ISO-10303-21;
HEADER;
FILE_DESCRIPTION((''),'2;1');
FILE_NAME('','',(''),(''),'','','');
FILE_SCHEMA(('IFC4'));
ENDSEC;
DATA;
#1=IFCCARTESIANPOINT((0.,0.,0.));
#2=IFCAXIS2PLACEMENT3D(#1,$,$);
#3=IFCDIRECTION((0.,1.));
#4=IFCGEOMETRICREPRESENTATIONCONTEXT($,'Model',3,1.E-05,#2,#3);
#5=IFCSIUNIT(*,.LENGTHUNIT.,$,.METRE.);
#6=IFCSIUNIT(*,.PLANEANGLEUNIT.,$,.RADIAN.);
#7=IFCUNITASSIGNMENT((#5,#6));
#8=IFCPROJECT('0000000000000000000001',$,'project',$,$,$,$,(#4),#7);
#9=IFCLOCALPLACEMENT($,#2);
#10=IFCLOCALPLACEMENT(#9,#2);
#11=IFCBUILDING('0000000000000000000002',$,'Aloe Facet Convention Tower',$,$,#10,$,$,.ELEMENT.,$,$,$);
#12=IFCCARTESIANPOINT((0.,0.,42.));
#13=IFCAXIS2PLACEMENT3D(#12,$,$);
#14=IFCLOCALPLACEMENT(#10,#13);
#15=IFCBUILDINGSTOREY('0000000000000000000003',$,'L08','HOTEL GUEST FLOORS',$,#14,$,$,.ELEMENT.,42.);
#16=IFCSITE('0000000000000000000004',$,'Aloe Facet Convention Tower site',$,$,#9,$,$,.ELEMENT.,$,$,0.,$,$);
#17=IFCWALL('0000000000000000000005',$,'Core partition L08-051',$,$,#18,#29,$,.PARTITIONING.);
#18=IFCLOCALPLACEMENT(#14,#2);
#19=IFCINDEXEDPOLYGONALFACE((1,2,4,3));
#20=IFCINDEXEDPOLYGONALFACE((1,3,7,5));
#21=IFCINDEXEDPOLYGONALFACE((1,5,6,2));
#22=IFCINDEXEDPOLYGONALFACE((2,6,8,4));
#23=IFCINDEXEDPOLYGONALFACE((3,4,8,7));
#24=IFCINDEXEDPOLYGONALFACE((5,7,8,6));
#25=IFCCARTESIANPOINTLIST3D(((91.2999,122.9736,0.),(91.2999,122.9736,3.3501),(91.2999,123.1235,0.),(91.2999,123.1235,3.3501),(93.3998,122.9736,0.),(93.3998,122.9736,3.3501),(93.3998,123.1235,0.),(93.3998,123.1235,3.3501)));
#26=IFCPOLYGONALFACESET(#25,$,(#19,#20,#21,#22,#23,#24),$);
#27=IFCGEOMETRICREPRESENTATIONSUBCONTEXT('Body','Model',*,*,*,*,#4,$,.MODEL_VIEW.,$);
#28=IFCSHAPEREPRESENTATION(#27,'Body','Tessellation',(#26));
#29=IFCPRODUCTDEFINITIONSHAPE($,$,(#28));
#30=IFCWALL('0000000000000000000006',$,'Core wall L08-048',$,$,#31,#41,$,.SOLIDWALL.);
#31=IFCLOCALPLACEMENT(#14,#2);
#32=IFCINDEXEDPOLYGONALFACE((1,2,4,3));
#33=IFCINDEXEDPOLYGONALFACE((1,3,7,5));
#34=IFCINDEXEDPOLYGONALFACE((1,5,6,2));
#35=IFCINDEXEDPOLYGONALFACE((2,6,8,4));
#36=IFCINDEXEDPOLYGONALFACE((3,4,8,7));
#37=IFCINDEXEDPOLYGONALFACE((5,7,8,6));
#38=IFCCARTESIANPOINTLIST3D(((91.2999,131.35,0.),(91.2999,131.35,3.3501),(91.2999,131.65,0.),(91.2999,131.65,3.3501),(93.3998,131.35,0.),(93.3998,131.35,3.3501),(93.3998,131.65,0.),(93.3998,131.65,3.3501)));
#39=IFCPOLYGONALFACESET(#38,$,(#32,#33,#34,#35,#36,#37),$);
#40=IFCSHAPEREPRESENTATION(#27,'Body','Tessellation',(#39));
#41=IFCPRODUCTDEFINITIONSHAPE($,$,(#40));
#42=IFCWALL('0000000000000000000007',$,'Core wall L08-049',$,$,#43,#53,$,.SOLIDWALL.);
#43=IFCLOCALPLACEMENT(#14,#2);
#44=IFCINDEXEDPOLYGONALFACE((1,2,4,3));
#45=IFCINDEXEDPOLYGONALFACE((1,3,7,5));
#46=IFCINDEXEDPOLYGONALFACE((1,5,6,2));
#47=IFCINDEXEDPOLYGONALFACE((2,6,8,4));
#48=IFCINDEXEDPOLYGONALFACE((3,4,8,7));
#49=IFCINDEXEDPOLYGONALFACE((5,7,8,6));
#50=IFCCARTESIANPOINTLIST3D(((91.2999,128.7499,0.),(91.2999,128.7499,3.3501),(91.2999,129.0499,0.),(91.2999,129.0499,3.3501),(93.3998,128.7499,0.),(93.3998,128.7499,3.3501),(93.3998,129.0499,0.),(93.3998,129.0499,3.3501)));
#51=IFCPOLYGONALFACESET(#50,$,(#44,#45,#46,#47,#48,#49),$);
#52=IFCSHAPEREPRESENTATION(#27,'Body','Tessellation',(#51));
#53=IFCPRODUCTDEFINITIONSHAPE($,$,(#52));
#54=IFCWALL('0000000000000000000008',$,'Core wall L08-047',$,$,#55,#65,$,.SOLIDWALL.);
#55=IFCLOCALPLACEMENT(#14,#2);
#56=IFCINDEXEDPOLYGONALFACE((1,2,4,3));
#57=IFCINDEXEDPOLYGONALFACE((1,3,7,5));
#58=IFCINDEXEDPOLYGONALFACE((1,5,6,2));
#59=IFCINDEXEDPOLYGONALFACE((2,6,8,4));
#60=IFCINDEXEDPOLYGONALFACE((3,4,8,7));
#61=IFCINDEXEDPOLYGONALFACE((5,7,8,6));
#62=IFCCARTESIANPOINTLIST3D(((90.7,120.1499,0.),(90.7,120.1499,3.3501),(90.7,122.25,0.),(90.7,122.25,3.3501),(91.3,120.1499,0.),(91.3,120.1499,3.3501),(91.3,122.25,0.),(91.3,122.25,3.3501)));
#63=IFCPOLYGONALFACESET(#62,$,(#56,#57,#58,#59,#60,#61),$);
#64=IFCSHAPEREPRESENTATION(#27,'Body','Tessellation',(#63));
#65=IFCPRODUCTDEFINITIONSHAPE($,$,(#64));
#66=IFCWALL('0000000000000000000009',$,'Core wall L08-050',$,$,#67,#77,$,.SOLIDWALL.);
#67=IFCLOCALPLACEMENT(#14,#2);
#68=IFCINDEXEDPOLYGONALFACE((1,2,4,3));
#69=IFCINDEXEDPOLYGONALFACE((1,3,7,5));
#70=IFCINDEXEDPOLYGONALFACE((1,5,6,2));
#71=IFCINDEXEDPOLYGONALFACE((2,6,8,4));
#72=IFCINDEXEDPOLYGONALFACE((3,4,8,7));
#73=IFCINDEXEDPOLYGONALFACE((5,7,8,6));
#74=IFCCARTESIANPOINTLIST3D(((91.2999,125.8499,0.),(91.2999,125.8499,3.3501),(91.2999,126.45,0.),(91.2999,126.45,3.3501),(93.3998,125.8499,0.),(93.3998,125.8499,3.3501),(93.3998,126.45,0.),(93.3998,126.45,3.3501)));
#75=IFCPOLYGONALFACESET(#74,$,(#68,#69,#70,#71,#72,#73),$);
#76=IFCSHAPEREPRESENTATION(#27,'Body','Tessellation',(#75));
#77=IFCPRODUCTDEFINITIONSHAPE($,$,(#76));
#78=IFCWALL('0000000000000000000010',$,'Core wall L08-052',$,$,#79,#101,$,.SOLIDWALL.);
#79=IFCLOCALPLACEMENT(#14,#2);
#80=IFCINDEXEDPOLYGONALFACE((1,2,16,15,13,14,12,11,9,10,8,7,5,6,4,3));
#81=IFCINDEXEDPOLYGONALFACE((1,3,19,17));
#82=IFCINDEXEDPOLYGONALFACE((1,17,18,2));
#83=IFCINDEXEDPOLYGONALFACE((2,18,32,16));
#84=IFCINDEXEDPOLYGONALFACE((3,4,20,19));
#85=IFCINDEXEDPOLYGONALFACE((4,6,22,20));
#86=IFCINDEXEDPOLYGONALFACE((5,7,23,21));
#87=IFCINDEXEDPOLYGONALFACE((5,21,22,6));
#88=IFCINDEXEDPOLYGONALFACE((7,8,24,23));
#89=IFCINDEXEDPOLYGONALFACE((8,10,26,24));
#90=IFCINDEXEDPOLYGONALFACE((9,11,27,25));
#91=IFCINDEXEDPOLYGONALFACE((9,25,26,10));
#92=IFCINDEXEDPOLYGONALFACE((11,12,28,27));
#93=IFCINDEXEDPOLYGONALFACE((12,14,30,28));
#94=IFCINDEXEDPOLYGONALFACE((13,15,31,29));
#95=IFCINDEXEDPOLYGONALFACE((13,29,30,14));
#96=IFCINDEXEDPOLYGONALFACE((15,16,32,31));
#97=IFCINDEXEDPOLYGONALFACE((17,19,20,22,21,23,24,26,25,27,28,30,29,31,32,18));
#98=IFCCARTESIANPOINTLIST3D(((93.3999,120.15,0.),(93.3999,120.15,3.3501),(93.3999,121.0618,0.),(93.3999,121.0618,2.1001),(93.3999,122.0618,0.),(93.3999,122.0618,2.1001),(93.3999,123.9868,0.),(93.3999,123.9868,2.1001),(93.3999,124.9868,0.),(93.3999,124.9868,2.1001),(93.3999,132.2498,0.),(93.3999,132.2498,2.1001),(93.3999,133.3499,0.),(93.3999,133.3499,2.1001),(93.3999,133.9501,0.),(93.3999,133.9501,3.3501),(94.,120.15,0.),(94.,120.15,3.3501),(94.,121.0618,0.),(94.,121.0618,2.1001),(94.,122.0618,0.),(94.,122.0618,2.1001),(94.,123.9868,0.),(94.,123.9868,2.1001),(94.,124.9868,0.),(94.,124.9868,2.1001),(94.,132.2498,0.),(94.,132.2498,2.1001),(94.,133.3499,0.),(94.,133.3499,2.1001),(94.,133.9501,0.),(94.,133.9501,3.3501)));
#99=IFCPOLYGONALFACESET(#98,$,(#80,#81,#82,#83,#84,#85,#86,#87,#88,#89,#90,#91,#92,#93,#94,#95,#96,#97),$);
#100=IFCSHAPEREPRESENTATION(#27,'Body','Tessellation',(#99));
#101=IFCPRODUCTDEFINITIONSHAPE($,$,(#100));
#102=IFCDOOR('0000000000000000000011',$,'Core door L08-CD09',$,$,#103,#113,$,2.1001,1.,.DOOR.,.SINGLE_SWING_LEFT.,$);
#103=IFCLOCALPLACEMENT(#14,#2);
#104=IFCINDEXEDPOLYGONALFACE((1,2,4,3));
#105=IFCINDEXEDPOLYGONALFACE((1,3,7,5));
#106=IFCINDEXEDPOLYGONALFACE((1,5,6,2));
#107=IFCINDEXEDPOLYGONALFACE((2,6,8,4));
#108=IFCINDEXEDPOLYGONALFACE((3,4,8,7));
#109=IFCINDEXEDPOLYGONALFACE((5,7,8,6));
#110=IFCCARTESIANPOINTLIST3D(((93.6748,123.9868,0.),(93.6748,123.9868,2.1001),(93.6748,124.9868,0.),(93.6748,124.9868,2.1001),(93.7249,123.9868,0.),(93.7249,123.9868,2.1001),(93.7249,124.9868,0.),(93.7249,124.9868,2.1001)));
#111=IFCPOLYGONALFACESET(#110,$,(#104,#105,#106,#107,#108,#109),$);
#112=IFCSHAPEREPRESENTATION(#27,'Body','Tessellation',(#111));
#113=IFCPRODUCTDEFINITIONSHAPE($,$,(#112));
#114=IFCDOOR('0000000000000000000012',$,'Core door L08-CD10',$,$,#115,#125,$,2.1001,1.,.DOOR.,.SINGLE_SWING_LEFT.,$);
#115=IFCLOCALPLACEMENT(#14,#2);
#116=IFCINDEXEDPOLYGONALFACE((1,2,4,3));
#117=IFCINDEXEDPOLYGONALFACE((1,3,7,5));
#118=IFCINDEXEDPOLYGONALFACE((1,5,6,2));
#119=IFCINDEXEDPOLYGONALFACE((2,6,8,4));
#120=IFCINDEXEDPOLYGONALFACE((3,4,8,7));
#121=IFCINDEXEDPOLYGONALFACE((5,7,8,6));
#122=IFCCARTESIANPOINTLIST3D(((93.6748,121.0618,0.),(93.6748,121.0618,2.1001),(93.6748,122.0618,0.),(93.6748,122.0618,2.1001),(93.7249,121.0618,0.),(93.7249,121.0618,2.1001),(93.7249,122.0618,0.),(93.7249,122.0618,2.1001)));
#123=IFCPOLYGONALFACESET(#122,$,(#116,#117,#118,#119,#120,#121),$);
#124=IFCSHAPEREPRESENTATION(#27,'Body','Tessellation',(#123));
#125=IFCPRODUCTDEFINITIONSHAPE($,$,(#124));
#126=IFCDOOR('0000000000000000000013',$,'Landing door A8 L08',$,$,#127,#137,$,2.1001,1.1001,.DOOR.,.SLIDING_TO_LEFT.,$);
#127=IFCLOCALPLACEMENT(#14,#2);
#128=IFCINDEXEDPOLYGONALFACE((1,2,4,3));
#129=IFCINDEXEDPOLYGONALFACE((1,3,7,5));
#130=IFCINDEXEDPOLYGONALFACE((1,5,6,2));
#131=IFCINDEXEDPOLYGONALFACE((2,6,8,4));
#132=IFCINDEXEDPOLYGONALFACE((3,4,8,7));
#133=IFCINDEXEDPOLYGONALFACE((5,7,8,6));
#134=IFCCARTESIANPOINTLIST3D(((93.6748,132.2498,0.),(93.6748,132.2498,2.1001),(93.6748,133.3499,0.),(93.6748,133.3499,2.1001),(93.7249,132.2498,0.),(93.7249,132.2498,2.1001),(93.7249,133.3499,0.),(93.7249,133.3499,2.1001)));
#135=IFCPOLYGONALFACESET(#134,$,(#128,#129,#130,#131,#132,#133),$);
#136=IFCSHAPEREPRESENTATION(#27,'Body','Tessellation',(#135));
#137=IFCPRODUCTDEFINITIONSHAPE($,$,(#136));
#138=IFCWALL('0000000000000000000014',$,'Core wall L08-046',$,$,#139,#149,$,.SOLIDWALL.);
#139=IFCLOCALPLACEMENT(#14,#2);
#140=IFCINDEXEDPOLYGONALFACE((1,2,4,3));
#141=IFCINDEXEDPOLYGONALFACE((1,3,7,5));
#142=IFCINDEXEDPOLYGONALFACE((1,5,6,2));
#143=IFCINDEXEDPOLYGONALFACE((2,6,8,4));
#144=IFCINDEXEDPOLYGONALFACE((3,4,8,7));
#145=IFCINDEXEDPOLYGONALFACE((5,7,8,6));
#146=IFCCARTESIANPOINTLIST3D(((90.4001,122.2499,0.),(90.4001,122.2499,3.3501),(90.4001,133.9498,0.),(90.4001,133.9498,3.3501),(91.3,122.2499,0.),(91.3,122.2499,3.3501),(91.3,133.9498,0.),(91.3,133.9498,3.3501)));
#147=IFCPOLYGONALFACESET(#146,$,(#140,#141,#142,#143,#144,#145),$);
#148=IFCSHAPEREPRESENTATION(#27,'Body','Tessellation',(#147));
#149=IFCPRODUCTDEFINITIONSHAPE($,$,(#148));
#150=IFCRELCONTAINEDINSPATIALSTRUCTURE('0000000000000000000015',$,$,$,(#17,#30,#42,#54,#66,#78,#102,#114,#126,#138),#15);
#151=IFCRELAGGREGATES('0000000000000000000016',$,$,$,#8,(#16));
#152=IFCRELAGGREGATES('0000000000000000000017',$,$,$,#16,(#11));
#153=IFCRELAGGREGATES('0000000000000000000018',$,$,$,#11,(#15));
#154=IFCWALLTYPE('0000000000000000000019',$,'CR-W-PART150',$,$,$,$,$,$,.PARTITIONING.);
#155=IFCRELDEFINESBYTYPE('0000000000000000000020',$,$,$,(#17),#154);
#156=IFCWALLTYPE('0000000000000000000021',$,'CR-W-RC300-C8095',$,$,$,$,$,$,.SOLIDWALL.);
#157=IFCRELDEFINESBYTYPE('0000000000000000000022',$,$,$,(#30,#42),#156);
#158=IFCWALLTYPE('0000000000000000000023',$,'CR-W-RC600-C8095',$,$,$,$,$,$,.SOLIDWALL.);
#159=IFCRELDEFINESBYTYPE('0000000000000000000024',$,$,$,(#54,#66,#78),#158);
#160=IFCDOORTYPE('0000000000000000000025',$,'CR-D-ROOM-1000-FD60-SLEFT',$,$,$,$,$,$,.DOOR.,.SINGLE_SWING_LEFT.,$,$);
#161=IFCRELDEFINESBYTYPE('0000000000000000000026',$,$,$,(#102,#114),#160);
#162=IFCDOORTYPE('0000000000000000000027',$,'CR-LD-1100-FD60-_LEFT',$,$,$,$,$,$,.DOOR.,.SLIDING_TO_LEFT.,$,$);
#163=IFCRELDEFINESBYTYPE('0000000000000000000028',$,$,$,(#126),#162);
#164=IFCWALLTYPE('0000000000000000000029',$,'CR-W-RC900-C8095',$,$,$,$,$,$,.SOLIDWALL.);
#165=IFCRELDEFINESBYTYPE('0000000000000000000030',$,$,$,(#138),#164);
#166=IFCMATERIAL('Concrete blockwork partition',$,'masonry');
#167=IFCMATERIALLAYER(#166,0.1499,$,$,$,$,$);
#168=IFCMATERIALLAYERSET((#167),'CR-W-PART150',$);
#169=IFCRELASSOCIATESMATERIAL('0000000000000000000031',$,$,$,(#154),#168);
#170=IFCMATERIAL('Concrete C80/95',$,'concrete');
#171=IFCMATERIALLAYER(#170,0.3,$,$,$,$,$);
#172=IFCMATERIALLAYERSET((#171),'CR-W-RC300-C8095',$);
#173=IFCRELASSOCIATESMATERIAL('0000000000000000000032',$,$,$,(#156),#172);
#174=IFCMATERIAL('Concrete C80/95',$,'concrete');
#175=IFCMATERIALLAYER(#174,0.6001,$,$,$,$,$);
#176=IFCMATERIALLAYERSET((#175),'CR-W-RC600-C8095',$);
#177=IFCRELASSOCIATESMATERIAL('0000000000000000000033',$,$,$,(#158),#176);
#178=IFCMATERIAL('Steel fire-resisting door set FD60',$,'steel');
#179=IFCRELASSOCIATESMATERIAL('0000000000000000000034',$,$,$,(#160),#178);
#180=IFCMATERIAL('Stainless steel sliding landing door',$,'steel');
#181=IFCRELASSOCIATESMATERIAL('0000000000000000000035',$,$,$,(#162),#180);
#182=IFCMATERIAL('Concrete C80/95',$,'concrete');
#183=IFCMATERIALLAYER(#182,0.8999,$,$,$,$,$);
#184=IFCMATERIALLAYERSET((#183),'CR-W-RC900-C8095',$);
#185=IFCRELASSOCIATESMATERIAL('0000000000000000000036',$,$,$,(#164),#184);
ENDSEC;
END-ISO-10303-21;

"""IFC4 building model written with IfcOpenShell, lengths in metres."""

from ifc_helpers import new_model, si_unit, direction, frame, frame_2d, origin, place, context, subcontext, project, spatial, rectangle, extrude, material, layer, layer_set, type_object, element, fill, save


model = new_model("IFC4")

# Units and contexts
model_context = context("Model", 3, precision=1e-05, world=origin(), true_north=direction((0.0, 1.0)))
body_context = subcontext(model_context, "Body", "Model", "MODEL_VIEW")
ifc_project = project(units=[si_unit("LENGTHUNIT", "METRE"), si_unit("PLANEANGLEUNIT", "RADIAN")], contexts=[model_context])

# Site, building, storey
site_placement = place(None, origin())
site = spatial("IfcSite", under=ifc_project, at=site_placement, Name="Aloe Facet Convention Tower site", CompositionType="ELEMENT", RefElevation=0.0)
building_placement = place(site_placement, origin())
building = spatial("IfcBuilding", under=site, at=building_placement, Name="Aloe Facet Convention Tower", CompositionType="ELEMENT")
storey_placement = place(building_placement, frame((0.0, 0.0, 42.0)))
storey = spatial("IfcBuildingStorey", under=building, at=storey_placement, Name="L08", Description="HOTEL GUEST FLOORS", CompositionType="ELEMENT", Elevation=42.0)

# Walls
ifc_material_1 = material(Name="Concrete blockwork partition", Category="masonry")
ifc_layer_1 = layer(ifc_material_1, 0.1499)
ifc_layer_set_1 = layer_set([ifc_layer_1], Name="CR-W-PART150")
wall_type_1 = type_object("IfcWallType", Name="CR-W-PART150", PredefinedType="PARTITIONING", material=ifc_layer_set_1)
wall_1_placement = place(storey_placement, frame((91.3, 123.0486, 0.0), z_axis=(0.0, 0.0, 1.0), x_axis=(1.0, 0.0, 0.0)))
element("IfcWall", 1, at=wall_1_placement, inside=storey, type_object=wall_type_1, Name="Core partition L08-051", PredefinedType="PARTITIONING", context=body_context, shape_type="SweptSolid", body=[
    extrude(rectangle(XDim=2.0999, YDim=0.1499, at=frame_2d((1.0498, 0.0))), origin(), (0.0, 0.0, 1.0), 3.3501),
])
ifc_material_2 = material(Name="Concrete C80/95", Category="concrete")
ifc_layer_2 = layer(ifc_material_2, 0.3)
ifc_layer_set_2 = layer_set([ifc_layer_2], Name="CR-W-RC300-C8095")
wall_type_2 = type_object("IfcWallType", Name="CR-W-RC300-C8095", PredefinedType="SOLIDWALL", material=ifc_layer_set_2)
for number, where, z_axis, x_axis, name in (
    (2, (91.3, 131.5, 0.0), (0.0, 0.0, 1.0), (1.0, 0.0, 0.0), "Core wall L08-048"),
    (3, (91.3, 128.8999, 0.0), (0.0, 0.0, 1.0), (1.0, 0.0, 0.0), "Core wall L08-049"),
):
    element("IfcWall", number, at=place(storey_placement, frame(where, z_axis=z_axis, x_axis=x_axis)), inside=storey, type_object=wall_type_2, Name=name, PredefinedType="SOLIDWALL", context=body_context, shape_type="SweptSolid", body=[
        extrude(rectangle(XDim=2.0999, YDim=0.3, at=frame_2d((1.0498, 0.0))), origin(), (0.0, 0.0, 1.0), 3.3501),
    ])
ifc_material_3 = material(Name="Concrete C80/95", Category="concrete")
ifc_layer_3 = layer(ifc_material_3, 0.6001)
ifc_layer_set_3 = layer_set([ifc_layer_3], Name="CR-W-RC600-C8095")
wall_type_3 = type_object("IfcWallType", Name="CR-W-RC600-C8095", PredefinedType="SOLIDWALL", material=ifc_layer_set_3)
wall_2_placement = place(storey_placement, frame((91.0, 122.25, 0.0), z_axis=(0.0, 0.0, 1.0), x_axis=(0.0, -1.0, 0.0)))
element("IfcWall", 4, at=wall_2_placement, inside=storey, type_object=wall_type_3, Name="Core wall L08-047", PredefinedType="SOLIDWALL", context=body_context, shape_type="SweptSolid", body=[
    extrude(rectangle(XDim=2.1001, YDim=0.6001, at=frame_2d((1.05, 0.0))), origin(), (0.0, 0.0, 1.0), 3.3501),
])
wall_3_placement = place(storey_placement, frame((91.3, 126.1499, 0.0), z_axis=(0.0, 0.0, 1.0), x_axis=(1.0, 0.0, 0.0)))
element("IfcWall", 5, at=wall_3_placement, inside=storey, type_object=wall_type_3, Name="Core wall L08-050", PredefinedType="SOLIDWALL", context=body_context, shape_type="SweptSolid", body=[
    extrude(rectangle(XDim=2.0999, YDim=0.6001, at=frame_2d((1.0498, 0.0))), origin(), (0.0, 0.0, 1.0), 3.3501),
])

# Wall, openings, doors
wall_4_placement = place(storey_placement, frame((93.7, 133.95, 0.0), z_axis=(0.0, 0.0, 1.0), x_axis=(0.0, -1.0, 0.0)))
wall_4 = element("IfcWall", 6, at=wall_4_placement, inside=storey, type_object=wall_type_3, Name="Core wall L08-052", PredefinedType="SOLIDWALL", context=body_context, shape_type="SweptSolid", body=[
    extrude(rectangle(XDim=13.8, YDim=0.6001, at=frame_2d((6.8999, 0.0))), origin(), (0.0, 0.0, 1.0), 3.3501),
])
opening_1_placement = place(wall_4_placement, frame((0.6001, 0.0, 0.0)))
opening_1 = element("IfcOpeningElement", 7, at=opening_1_placement, cuts=wall_4, PredefinedType="OPENING", context=body_context, shape_type="SweptSolid", body=[
    extrude(rectangle(XDim=1.1001, YDim=2.1001, at=frame_2d((0.55, 1.05))), frame((0.0, 0.3101, 0.0), z_axis=(0.0, -1.0, 0.0), x_axis=(1.0, 0.0, 0.0)), (0.0, 0.0, 1.0), 0.6201),
])
opening_2_placement = place(wall_4_placement, frame((8.9631, 0.0, 0.0)))
opening_2 = element("IfcOpeningElement", 8, at=opening_2_placement, cuts=wall_4, PredefinedType="OPENING", context=body_context, shape_type="SweptSolid", body=[
    extrude(rectangle(XDim=1.0, YDim=2.1001, at=frame_2d((0.5, 1.05))), frame((0.0, 0.3101, 0.0), z_axis=(0.0, -1.0, 0.0), x_axis=(1.0, 0.0, 0.0)), (0.0, 0.0, 1.0), 0.6201),
])
opening_3_placement = place(wall_4_placement, frame((11.8882, 0.0, 0.0)))
opening_3 = element("IfcOpeningElement", 9, at=opening_3_placement, cuts=wall_4, PredefinedType="OPENING", context=body_context, shape_type="SweptSolid", body=[
    extrude(rectangle(XDim=1.0, YDim=2.1001, at=frame_2d((0.5, 1.05))), frame((0.0, 0.3101, 0.0), z_axis=(0.0, -1.0, 0.0), x_axis=(1.0, 0.0, 0.0)), (0.0, 0.0, 1.0), 0.6201),
])
ifc_material_4 = material(Name="Steel fire-resisting door set FD60", Category="steel")
door_type_1 = type_object("IfcDoorType", Name="CR-D-ROOM-1000-FD60-SLEFT", OperationType="SINGLE_SWING_LEFT", PredefinedType="DOOR", material=ifc_material_4)
door_1_placement = place(opening_2_placement, origin())
door_1 = element("IfcDoor", 10, at=door_1_placement, inside=storey, type_object=door_type_1, Name="Core door L08-CD09", OperationType="SINGLE_SWING_LEFT", OverallHeight=2.1001, OverallWidth=1.0, PredefinedType="DOOR", context=body_context, shape_type="SweptSolid", body=[
    extrude(rectangle(XDim=1.0, YDim=2.1001, at=frame_2d((0.5, 1.05))), frame((0.0, 0.0249, 0.0), z_axis=(0.0, -1.0, 0.0), x_axis=(1.0, 0.0, 0.0)), (0.0, 0.0, 1.0), 0.05),
])
fill(opening_2, door_1)
door_2_placement = place(opening_3_placement, origin())
door_2 = element("IfcDoor", 11, at=door_2_placement, inside=storey, type_object=door_type_1, Name="Core door L08-CD10", OperationType="SINGLE_SWING_LEFT", OverallHeight=2.1001, OverallWidth=1.0, PredefinedType="DOOR", context=body_context, shape_type="SweptSolid", body=[
    extrude(rectangle(XDim=1.0, YDim=2.1001, at=frame_2d((0.5, 1.05))), frame((0.0, 0.0249, 0.0), z_axis=(0.0, -1.0, 0.0), x_axis=(1.0, 0.0, 0.0)), (0.0, 0.0, 1.0), 0.05),
])
fill(opening_3, door_2)
ifc_material_5 = material(Name="Stainless steel sliding landing door", Category="steel")
door_type_2 = type_object("IfcDoorType", Name="CR-LD-1100-FD60-_LEFT", OperationType="SLIDING_TO_LEFT", PredefinedType="DOOR", material=ifc_material_5)
door_3_placement = place(opening_1_placement, origin())
door_3 = element("IfcDoor", 12, at=door_3_placement, inside=storey, type_object=door_type_2, Name="Landing door A8 L08", OperationType="SLIDING_TO_LEFT", OverallHeight=2.1001, OverallWidth=1.1001, PredefinedType="DOOR", context=body_context, shape_type="SweptSolid", body=[
    extrude(rectangle(XDim=1.1001, YDim=2.1001, at=frame_2d((0.55, 1.05))), frame((0.0, 0.0249, 0.0), z_axis=(0.0, -1.0, 0.0), x_axis=(1.0, 0.0, 0.0)), (0.0, 0.0, 1.0), 0.05),
])
fill(opening_1, door_3)

# Wall
ifc_material_6 = material(Name="Concrete C80/95", Category="concrete")
ifc_layer_4 = layer(ifc_material_6, 0.8999)
ifc_layer_set_4 = layer_set([ifc_layer_4], Name="CR-W-RC900-C8095")
wall_type_4 = type_object("IfcWallType", Name="CR-W-RC900-C8095", PredefinedType="SOLIDWALL", material=ifc_layer_set_4)
wall_5_placement = place(storey_placement, frame((90.8501, 133.95, 0.0), z_axis=(0.0, 0.0, 1.0), x_axis=(0.0, -1.0, 0.0)))
element("IfcWall", 13, at=wall_5_placement, inside=storey, type_object=wall_type_4, Name="Core wall L08-046", PredefinedType="SOLIDWALL", context=body_context, shape_type="SweptSolid", body=[
    extrude(rectangle(XDim=11.7, YDim=0.8999, at=frame_2d((5.8501, 0.0))), origin(), (0.0, 0.0, 1.0), 3.3501),
])

save(model, "model.ifc")
